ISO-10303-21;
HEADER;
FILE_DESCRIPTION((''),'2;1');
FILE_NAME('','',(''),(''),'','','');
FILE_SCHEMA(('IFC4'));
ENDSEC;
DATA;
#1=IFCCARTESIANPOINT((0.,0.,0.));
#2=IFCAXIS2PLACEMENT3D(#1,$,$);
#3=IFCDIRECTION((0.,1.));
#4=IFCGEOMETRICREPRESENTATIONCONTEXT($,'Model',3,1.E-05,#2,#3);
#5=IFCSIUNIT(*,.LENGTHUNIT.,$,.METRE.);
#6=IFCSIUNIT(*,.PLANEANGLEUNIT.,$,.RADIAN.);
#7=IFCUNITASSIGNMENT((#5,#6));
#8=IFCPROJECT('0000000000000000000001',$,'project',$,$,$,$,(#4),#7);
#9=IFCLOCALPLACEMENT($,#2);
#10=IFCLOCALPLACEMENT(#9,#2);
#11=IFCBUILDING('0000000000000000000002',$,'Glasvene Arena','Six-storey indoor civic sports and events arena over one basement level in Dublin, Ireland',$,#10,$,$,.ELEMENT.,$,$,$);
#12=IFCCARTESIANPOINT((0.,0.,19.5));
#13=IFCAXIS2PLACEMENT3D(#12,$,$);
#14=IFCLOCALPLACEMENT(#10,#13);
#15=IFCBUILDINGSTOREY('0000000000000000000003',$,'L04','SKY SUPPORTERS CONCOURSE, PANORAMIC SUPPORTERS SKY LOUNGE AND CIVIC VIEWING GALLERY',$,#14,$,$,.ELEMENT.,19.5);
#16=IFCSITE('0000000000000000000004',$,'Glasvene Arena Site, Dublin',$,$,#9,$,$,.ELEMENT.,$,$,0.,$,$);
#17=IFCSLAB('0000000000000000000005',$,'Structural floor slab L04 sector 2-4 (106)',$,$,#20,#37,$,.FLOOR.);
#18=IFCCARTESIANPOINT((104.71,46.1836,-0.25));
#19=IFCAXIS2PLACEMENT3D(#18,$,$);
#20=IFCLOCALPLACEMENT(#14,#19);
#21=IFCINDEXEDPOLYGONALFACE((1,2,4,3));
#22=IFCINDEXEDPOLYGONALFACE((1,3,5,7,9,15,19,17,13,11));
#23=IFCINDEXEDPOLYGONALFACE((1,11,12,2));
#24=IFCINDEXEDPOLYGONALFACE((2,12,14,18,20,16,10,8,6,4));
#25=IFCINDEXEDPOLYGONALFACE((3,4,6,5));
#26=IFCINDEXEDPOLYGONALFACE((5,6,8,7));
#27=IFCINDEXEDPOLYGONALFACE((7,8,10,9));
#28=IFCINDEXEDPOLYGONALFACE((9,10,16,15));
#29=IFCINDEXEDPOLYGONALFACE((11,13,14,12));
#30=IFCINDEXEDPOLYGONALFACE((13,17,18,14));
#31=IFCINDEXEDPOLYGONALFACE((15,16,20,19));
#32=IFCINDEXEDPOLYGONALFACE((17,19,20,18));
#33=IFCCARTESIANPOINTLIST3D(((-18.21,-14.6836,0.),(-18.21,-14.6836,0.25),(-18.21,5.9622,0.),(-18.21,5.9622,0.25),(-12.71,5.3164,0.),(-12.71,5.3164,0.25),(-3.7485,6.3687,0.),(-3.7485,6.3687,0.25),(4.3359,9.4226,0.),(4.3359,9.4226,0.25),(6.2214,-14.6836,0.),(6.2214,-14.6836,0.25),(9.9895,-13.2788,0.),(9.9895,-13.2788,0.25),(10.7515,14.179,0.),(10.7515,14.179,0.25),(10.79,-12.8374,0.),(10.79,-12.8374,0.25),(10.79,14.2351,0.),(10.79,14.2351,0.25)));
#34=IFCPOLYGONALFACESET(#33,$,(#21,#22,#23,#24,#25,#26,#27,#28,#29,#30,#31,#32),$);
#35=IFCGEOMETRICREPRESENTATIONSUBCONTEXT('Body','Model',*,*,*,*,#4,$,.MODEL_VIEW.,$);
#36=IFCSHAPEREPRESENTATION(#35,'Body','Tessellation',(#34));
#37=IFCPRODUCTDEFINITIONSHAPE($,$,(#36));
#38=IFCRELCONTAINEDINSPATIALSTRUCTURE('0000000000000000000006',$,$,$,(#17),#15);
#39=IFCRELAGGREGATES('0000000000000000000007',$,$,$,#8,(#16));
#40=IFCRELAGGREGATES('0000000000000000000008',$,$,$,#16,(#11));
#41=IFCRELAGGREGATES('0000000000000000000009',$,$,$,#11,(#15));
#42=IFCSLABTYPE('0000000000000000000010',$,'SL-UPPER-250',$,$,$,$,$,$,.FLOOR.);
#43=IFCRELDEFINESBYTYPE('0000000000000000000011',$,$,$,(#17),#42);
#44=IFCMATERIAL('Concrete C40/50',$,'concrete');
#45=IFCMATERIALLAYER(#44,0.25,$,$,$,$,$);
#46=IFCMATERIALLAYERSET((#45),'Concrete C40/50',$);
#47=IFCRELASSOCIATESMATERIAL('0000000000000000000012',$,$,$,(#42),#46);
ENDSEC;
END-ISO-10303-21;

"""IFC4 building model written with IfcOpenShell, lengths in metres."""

from ifc_helpers import new_model, si_unit, direction, frame, origin, place, context, subcontext, project, spatial, polyline, outline, extrude, material, layer, layer_set, type_object, element, save


model = new_model("IFC4")

# Units and contexts
model_context = context("Model", 3, precision=1e-05, world=origin(), true_north=direction((0.0, 1.0)))
body_context = subcontext(model_context, "Body", "Model", "MODEL_VIEW")
ifc_project = project(units=[si_unit("LENGTHUNIT", "METRE"), si_unit("PLANEANGLEUNIT", "RADIAN")], contexts=[model_context])

# Site, building, storey
site_placement = place(None, origin())
site = spatial("IfcSite", under=ifc_project, at=site_placement, Name="Glasvene Arena Site, Dublin", CompositionType="ELEMENT", RefElevation=0.0)
building_placement = place(site_placement, origin())
building = spatial("IfcBuilding", under=site, at=building_placement, Name="Glasvene Arena", Description="Six-storey indoor civic sports and events arena over one basement level in Dublin, Ireland", CompositionType="ELEMENT")
storey_placement = place(building_placement, frame((0.0, 0.0, 19.5)))
storey = spatial("IfcBuildingStorey", under=building, at=storey_placement, Name="L04", Description="SKY SUPPORTERS CONCOURSE, PANORAMIC SUPPORTERS SKY LOUNGE AND CIVIC VIEWING GALLERY", CompositionType="ELEMENT", Elevation=19.5)

# Slab
ifc_material_1 = material(Name="Concrete C40/50", Category="concrete")
ifc_layer_1 = layer(ifc_material_1, 0.25)
ifc_layer_set_1 = layer_set([ifc_layer_1], Name="Concrete C40/50")
slab_type = type_object("IfcSlabType", Name="SL-UPPER-250", PredefinedType="FLOOR", material=ifc_layer_set_1)
slab_placement = place(storey_placement, frame((104.71, 46.1836, -0.25)))
element("IfcSlab", 1, at=slab_placement, inside=storey, type_object=slab_type, Name="Structural floor slab L04 sector 2-4 (106)", PredefinedType="FLOOR", context=body_context, shape_type="SweptSolid", body=[
    extrude(outline(polyline([(6.2214, -14.6836), (-18.21, -14.6836), (-18.21, 5.9622), (-12.71, 5.3164), (-3.7485, 6.3687), (4.3359, 9.4226), (10.7515, 14.179), (10.79, 14.2351), (10.79, -12.8374), (9.9895, -13.2788), (6.2214, -14.6836)])), origin(), (0.0, 0.0, 1.0), 0.25),
])

save(model, "model.ifc")
